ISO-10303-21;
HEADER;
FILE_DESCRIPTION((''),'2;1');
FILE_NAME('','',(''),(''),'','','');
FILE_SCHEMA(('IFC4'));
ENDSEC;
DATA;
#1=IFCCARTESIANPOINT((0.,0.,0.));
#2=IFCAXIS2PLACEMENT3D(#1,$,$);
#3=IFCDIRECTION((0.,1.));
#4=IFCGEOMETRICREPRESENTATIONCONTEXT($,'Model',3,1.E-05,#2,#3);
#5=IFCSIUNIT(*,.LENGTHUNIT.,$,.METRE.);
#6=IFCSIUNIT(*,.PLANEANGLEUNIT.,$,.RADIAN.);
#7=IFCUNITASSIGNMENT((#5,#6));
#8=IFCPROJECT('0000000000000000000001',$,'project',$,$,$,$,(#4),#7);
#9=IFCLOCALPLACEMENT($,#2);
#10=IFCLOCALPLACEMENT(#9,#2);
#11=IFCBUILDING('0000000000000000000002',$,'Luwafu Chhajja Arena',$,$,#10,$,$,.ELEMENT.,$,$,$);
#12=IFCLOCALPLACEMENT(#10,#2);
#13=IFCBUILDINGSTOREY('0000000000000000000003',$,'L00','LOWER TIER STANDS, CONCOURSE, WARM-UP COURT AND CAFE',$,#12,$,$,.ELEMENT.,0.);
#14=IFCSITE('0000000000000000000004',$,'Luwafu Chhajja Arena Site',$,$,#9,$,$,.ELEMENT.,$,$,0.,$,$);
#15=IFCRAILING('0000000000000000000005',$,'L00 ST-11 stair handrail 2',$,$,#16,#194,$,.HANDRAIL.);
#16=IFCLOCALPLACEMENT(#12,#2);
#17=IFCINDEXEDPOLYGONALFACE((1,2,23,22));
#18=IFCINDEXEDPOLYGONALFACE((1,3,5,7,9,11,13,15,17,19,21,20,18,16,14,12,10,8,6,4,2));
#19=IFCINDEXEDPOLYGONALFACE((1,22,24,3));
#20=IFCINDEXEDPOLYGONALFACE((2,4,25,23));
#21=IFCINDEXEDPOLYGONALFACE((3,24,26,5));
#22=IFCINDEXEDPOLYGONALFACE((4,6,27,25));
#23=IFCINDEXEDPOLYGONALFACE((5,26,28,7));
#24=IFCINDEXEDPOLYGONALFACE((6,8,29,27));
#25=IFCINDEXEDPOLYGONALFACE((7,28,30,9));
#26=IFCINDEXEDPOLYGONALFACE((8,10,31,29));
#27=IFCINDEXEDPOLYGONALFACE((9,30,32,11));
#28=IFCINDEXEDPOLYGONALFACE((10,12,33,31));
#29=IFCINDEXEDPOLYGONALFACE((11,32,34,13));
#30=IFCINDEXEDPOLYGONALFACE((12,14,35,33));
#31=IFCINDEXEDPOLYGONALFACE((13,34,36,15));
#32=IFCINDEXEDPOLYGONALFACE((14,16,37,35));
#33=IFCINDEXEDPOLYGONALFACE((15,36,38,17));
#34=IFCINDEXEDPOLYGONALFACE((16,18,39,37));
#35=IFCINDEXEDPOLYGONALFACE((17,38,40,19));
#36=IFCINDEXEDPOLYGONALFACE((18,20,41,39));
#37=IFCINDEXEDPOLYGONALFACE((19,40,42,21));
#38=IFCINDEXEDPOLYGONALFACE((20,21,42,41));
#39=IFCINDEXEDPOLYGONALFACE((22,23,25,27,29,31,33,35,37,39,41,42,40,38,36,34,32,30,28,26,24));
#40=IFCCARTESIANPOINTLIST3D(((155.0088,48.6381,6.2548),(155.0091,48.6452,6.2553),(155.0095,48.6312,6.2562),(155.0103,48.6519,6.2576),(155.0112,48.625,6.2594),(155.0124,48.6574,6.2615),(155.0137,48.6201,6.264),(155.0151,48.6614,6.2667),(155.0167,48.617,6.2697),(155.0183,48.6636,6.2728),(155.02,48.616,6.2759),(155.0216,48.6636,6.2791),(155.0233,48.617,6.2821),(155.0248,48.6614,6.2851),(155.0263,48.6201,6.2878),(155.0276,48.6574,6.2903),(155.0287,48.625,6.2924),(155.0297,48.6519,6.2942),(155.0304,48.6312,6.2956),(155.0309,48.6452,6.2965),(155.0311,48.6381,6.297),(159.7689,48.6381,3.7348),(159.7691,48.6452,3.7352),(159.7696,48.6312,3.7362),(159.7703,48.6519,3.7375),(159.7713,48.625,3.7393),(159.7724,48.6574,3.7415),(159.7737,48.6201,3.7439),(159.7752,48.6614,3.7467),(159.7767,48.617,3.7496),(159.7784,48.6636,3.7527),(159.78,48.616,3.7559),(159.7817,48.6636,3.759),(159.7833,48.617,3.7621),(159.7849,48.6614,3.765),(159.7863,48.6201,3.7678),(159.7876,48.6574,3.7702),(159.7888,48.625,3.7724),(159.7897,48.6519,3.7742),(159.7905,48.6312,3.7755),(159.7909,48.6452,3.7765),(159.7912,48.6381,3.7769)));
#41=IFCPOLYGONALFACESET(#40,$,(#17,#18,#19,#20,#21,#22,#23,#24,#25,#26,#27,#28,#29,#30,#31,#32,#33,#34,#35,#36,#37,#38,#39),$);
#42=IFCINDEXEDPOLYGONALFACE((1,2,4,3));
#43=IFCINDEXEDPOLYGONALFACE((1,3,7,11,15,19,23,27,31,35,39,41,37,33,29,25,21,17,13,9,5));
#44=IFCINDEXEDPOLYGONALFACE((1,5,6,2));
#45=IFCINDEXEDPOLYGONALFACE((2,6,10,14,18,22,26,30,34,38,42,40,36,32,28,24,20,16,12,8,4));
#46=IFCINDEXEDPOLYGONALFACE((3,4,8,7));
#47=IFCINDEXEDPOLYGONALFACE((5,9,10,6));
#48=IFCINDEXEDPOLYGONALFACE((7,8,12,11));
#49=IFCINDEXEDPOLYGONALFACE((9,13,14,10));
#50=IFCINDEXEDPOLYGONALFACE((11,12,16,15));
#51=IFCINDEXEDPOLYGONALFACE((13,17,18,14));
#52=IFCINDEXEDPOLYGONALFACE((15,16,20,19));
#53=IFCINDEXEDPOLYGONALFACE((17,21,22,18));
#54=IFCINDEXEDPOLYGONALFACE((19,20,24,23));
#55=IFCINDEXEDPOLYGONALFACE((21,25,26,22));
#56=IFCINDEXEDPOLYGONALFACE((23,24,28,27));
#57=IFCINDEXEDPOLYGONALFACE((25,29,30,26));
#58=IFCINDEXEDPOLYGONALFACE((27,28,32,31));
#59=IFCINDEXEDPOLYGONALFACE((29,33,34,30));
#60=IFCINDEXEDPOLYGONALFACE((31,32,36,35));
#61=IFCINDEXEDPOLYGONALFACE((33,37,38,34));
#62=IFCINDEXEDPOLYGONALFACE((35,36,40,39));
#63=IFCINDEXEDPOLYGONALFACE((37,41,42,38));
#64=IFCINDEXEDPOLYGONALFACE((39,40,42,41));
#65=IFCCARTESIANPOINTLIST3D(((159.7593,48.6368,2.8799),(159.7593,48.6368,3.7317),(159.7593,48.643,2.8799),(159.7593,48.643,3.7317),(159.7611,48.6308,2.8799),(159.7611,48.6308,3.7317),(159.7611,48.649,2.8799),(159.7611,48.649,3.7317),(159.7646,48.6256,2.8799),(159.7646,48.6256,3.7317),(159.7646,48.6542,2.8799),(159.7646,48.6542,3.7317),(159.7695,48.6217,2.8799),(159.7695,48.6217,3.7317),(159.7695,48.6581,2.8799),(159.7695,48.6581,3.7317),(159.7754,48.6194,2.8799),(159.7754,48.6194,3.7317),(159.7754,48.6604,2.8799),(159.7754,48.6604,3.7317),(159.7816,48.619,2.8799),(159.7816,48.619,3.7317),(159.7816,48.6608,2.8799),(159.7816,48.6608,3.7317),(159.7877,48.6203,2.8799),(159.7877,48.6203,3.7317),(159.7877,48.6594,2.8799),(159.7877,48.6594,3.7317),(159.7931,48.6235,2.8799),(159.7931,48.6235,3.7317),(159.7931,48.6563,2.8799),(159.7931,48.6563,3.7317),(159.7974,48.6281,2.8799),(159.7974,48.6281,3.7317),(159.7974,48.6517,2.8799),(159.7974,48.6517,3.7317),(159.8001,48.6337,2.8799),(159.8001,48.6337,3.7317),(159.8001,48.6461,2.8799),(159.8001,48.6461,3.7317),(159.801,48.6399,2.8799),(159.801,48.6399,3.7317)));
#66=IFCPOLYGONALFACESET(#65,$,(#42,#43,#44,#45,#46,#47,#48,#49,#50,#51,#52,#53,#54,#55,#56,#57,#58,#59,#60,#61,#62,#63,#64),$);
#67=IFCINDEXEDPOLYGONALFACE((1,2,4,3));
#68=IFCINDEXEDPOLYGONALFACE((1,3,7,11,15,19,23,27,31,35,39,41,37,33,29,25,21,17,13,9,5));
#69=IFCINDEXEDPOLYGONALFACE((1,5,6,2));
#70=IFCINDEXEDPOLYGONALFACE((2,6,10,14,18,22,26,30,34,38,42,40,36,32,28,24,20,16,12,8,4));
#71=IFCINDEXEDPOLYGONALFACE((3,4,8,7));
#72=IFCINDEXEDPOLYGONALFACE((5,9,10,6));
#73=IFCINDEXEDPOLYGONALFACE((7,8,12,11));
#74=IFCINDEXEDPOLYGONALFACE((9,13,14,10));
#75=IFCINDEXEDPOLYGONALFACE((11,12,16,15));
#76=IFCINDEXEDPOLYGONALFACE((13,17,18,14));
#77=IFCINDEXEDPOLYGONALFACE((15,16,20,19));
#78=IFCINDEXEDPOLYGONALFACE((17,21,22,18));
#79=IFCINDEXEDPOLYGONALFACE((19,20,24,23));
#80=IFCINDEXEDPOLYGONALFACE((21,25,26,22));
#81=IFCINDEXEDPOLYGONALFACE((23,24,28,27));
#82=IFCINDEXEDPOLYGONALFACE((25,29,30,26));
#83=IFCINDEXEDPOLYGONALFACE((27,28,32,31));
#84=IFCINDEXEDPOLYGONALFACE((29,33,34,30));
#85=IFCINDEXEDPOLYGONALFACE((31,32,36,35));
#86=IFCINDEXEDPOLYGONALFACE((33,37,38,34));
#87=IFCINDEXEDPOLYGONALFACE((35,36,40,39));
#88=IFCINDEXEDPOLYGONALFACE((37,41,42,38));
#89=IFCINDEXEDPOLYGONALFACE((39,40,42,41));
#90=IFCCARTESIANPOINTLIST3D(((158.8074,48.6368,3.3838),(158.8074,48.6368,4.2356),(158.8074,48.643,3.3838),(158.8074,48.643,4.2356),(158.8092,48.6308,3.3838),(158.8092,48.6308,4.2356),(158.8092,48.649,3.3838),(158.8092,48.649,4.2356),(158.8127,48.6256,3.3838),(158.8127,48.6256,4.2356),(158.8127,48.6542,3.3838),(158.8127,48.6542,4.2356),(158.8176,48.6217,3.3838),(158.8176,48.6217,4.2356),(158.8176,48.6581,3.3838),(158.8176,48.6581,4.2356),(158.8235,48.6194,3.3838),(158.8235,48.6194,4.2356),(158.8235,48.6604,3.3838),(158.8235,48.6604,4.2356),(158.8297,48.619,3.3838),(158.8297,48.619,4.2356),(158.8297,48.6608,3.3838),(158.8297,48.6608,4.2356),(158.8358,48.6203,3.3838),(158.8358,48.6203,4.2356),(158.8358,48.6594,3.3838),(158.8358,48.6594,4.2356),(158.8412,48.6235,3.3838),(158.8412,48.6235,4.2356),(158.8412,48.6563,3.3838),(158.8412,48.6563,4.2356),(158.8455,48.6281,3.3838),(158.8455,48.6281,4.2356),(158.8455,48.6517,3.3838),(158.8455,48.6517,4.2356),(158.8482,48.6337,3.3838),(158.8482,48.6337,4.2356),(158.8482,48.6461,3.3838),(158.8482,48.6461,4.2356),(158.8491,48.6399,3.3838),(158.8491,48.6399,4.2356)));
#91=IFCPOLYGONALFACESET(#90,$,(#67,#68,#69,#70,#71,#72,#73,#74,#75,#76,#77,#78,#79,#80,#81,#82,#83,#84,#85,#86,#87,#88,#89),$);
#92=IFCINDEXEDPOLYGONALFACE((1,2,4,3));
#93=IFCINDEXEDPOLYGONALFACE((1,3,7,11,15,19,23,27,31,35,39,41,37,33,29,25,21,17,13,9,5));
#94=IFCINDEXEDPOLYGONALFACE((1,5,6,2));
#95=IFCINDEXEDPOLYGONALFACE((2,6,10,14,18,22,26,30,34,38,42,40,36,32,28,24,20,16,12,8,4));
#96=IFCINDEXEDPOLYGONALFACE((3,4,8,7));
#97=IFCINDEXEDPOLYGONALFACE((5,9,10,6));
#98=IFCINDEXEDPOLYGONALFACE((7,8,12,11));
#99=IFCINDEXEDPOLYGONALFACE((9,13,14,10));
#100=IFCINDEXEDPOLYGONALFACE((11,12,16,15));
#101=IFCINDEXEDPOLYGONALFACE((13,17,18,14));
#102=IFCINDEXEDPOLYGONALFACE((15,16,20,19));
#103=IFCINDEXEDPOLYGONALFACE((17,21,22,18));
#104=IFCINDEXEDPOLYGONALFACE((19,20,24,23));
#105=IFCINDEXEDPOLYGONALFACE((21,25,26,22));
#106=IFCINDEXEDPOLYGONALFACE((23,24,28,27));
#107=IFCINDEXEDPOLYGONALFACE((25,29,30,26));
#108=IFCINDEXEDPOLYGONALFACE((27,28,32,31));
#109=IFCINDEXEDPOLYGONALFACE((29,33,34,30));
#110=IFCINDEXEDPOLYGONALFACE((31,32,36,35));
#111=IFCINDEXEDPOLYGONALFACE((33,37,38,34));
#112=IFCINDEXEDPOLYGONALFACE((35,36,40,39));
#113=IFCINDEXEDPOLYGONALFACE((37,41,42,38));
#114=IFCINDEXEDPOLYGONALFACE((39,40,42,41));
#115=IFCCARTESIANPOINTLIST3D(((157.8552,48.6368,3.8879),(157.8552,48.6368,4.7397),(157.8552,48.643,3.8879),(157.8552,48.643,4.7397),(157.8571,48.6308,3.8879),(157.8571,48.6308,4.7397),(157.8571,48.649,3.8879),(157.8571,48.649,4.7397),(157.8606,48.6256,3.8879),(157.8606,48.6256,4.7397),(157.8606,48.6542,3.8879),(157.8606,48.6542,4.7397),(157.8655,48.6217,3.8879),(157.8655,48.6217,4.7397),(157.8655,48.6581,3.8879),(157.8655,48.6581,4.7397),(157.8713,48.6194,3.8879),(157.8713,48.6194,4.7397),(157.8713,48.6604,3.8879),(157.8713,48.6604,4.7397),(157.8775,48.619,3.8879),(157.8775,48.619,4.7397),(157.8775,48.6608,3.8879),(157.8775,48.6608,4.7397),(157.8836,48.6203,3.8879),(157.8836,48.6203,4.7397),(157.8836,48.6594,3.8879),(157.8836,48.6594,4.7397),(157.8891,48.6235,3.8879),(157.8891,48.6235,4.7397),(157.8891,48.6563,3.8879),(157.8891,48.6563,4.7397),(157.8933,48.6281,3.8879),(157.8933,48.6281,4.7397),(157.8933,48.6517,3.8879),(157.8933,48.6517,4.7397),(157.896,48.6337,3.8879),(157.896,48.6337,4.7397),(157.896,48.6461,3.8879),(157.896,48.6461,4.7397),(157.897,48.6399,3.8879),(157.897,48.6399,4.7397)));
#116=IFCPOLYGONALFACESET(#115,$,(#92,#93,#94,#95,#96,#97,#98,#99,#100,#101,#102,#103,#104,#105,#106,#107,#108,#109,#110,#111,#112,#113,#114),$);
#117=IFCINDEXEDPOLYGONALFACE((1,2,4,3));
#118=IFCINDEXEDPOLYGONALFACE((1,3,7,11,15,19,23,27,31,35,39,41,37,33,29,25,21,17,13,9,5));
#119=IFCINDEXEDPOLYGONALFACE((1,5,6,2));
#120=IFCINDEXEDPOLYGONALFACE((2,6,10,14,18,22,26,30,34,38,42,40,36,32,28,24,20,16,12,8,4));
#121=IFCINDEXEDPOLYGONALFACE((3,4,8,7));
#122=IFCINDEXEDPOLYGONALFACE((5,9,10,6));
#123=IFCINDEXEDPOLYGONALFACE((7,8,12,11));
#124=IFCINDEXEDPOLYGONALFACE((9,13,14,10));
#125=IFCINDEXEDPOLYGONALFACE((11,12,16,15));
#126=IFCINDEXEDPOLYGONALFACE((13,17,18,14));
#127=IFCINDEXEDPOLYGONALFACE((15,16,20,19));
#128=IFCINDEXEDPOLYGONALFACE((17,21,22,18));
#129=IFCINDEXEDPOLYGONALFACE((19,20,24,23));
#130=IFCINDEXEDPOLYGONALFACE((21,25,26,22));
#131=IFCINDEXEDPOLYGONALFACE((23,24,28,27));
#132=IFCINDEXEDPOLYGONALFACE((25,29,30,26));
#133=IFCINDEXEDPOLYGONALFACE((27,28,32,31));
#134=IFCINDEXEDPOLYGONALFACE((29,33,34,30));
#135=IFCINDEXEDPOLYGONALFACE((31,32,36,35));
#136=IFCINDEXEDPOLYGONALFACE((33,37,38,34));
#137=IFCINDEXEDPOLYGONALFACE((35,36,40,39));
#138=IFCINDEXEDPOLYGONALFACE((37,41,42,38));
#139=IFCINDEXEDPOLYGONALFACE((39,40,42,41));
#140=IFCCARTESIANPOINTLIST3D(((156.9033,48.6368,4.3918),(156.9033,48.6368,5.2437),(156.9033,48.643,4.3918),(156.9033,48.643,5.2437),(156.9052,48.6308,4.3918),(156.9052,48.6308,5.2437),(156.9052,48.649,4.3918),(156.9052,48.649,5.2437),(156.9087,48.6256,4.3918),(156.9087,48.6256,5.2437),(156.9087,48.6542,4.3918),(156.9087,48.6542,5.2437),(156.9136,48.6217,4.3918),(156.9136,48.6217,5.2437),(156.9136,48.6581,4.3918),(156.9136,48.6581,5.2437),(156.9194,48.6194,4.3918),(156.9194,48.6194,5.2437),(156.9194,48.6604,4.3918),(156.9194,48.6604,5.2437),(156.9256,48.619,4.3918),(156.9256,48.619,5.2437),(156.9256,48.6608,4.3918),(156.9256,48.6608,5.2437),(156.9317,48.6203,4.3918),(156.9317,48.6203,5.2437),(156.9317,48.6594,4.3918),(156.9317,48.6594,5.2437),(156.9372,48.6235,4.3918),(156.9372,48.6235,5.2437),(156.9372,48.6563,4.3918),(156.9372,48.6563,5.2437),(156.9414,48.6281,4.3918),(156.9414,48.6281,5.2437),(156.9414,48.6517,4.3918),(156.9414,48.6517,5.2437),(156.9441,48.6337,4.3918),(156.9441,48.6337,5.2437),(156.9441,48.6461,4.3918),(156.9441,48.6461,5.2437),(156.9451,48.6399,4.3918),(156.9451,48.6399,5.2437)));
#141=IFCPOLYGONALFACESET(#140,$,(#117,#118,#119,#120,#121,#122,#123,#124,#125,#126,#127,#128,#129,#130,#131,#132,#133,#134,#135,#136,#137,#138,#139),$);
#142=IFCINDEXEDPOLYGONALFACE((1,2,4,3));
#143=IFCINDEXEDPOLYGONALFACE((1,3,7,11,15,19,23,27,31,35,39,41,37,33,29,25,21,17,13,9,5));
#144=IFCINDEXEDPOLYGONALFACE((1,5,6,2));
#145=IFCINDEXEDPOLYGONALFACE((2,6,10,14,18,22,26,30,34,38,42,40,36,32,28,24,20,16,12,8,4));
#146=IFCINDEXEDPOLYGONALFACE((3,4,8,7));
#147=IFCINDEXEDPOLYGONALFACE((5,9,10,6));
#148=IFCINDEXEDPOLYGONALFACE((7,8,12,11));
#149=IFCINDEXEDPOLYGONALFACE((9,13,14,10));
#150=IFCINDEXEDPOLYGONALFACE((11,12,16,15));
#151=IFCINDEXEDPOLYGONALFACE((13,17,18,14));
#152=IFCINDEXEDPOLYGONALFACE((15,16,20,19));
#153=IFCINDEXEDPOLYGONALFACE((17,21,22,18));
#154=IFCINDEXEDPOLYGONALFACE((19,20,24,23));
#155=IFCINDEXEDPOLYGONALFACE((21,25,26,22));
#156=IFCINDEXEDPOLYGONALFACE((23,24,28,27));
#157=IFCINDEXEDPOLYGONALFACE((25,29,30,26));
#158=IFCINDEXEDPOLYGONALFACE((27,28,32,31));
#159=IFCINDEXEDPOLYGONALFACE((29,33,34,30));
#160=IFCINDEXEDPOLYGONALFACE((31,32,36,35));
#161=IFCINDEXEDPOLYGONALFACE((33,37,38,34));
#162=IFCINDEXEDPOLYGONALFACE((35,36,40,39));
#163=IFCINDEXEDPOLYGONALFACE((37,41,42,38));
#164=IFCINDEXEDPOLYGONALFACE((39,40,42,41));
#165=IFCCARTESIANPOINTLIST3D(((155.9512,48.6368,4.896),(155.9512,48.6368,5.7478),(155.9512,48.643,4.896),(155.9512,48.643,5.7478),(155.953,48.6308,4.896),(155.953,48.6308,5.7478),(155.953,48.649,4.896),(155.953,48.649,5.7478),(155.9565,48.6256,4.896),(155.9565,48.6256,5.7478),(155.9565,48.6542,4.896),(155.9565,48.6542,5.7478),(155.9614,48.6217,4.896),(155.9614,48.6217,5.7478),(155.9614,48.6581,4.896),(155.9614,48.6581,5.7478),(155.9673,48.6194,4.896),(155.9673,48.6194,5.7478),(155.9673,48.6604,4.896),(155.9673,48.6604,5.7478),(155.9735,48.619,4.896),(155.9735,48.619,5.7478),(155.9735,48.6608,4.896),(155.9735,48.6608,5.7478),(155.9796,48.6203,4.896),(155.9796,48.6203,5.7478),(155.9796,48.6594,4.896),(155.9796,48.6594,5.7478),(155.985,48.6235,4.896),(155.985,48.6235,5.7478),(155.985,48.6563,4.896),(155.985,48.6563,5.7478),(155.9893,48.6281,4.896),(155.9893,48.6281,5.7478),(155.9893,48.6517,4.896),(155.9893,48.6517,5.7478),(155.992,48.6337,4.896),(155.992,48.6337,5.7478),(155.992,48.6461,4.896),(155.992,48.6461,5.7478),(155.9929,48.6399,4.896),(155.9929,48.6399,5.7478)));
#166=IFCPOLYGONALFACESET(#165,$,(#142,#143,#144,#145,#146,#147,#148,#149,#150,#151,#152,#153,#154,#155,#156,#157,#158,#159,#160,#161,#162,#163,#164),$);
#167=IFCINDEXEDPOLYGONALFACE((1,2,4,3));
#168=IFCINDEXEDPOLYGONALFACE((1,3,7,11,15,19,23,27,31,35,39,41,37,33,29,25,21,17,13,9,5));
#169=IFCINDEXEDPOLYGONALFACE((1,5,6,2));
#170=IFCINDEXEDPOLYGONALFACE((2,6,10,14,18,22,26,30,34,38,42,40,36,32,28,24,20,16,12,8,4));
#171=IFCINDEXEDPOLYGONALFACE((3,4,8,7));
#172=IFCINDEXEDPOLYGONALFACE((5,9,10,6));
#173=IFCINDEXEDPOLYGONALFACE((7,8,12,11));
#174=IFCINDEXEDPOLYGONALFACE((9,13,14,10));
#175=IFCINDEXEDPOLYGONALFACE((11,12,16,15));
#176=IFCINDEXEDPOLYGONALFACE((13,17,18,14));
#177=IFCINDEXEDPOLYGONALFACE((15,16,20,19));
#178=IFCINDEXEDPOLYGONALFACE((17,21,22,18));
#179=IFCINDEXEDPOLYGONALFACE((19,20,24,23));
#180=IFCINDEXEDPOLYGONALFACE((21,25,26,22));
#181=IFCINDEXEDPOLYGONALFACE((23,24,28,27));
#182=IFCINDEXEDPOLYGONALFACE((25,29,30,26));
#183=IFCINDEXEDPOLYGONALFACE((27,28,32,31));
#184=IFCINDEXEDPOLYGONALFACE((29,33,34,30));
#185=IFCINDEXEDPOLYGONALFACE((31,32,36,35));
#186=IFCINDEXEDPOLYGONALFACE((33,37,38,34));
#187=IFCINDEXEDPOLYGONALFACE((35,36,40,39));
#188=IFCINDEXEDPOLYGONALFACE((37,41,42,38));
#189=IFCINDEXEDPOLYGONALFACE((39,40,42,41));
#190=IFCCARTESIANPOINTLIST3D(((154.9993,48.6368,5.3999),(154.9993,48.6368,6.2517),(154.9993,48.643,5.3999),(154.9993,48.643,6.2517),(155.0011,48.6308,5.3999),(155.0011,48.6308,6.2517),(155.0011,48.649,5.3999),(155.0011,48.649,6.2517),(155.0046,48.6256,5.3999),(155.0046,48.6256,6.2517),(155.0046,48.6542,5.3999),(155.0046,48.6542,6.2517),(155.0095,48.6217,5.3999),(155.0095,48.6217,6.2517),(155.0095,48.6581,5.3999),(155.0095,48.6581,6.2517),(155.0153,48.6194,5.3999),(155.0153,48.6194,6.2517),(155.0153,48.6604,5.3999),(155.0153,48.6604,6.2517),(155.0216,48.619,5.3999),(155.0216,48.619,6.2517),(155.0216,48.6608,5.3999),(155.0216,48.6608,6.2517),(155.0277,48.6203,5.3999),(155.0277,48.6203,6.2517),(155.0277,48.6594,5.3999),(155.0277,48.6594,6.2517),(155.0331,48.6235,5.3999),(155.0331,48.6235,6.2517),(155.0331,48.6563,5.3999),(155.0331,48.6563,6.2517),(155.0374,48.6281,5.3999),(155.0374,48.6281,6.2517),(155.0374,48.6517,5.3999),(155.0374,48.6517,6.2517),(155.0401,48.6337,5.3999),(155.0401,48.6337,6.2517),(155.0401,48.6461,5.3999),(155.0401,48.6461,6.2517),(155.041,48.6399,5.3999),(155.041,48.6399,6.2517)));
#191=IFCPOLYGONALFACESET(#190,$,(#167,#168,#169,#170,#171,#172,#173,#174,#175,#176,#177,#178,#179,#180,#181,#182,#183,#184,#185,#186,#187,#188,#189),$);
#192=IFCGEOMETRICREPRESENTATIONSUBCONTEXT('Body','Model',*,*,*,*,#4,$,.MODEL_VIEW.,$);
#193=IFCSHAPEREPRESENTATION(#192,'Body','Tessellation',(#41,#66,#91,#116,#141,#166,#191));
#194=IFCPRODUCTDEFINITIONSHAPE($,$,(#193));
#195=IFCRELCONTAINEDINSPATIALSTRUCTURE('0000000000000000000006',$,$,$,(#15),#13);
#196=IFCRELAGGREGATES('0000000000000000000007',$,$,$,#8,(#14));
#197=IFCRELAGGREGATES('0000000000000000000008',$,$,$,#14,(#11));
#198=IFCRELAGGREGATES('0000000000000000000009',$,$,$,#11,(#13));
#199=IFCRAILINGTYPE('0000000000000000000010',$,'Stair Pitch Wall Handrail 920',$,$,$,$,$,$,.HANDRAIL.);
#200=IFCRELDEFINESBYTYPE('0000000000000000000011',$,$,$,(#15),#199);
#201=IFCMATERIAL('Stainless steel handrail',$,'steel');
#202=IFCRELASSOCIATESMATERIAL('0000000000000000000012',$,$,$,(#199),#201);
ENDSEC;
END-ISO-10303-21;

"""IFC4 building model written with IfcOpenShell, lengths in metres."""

from ifc_helpers import new_model, si_unit, direction, frame, origin, origin_2d, place, context, subcontext, project, spatial, circle, extrude, material, type_object, element, save


model = new_model("IFC4")

# Units and contexts
model_context = context("Model", 3, precision=1e-05, world=origin(), true_north=direction((0.0, 1.0)))
body_context = subcontext(model_context, "Body", "Model", "MODEL_VIEW")
ifc_project = project(units=[si_unit("LENGTHUNIT", "METRE"), si_unit("PLANEANGLEUNIT", "RADIAN")], contexts=[model_context])

# Site, building, storey
site_placement = place(None, origin())
site = spatial("IfcSite", under=ifc_project, at=site_placement, Name="Luwafu Chhajja Arena Site", CompositionType="ELEMENT", RefElevation=0.0)
building_placement = place(site_placement, origin())
building = spatial("IfcBuilding", under=site, at=building_placement, Name="Luwafu Chhajja Arena", CompositionType="ELEMENT")
storey_placement = place(building_placement, origin())
storey = spatial("IfcBuildingStorey", under=building, at=storey_placement, Name="L00", Description="LOWER TIER STANDS, CONCOURSE, WARM-UP COURT AND CAFE", CompositionType="ELEMENT", Elevation=0.0)

# Railing
ifc_material_1 = material(Name="Stainless steel handrail", Category="steel")
railing_type_1 = type_object("IfcRailingType", Name="Stair Pitch Wall Handrail 920", PredefinedType="HANDRAIL", material=ifc_material_1)
railing_1_placement = place(storey_placement, frame((159.78, 48.6399, 2.8799)))
element("IfcRailing", 1, at=railing_1_placement, inside=storey, type_object=railing_type_1, Name="L00 ST-11 stair handrail 2", PredefinedType="HANDRAIL", context=body_context, shape_type="SweptSolid", body=[
    extrude(circle(Radius=0.0239, at=origin_2d()), frame((0.0, 0.0, 0.876), z_axis=(-0.883787, 0.0, 0.46789), x_axis=(0.0, -1.0, 0.0)), (0.0, 0.0, 1.0), 5.386),
    extrude(circle(Radius=0.021, at=origin_2d()), origin(), (0.0, 0.0, 1.0), 0.8518),
    extrude(circle(Radius=0.021, at=origin_2d()), frame((-0.9519, 0.0, 0.5039)), (0.0, 0.0, 1.0), 0.8518),
    extrude(circle(Radius=0.021, at=origin_2d()), frame((-1.9041, 0.0, 1.0081)), (0.0, 0.0, 1.0), 0.8518),
    extrude(circle(Radius=0.021, at=origin_2d()), frame((-2.856, 0.0, 1.512)), (0.0, 0.0, 1.0), 0.8518),
    extrude(circle(Radius=0.021, at=origin_2d()), frame((-3.8081, 0.0, 2.0161)), (0.0, 0.0, 1.0), 0.8518),
    extrude(circle(Radius=0.021, at=origin_2d()), frame((-4.76, 0.0, 2.52)), (0.0, 0.0, 1.0), 0.8518),
])

save(model, "model.ifc")
